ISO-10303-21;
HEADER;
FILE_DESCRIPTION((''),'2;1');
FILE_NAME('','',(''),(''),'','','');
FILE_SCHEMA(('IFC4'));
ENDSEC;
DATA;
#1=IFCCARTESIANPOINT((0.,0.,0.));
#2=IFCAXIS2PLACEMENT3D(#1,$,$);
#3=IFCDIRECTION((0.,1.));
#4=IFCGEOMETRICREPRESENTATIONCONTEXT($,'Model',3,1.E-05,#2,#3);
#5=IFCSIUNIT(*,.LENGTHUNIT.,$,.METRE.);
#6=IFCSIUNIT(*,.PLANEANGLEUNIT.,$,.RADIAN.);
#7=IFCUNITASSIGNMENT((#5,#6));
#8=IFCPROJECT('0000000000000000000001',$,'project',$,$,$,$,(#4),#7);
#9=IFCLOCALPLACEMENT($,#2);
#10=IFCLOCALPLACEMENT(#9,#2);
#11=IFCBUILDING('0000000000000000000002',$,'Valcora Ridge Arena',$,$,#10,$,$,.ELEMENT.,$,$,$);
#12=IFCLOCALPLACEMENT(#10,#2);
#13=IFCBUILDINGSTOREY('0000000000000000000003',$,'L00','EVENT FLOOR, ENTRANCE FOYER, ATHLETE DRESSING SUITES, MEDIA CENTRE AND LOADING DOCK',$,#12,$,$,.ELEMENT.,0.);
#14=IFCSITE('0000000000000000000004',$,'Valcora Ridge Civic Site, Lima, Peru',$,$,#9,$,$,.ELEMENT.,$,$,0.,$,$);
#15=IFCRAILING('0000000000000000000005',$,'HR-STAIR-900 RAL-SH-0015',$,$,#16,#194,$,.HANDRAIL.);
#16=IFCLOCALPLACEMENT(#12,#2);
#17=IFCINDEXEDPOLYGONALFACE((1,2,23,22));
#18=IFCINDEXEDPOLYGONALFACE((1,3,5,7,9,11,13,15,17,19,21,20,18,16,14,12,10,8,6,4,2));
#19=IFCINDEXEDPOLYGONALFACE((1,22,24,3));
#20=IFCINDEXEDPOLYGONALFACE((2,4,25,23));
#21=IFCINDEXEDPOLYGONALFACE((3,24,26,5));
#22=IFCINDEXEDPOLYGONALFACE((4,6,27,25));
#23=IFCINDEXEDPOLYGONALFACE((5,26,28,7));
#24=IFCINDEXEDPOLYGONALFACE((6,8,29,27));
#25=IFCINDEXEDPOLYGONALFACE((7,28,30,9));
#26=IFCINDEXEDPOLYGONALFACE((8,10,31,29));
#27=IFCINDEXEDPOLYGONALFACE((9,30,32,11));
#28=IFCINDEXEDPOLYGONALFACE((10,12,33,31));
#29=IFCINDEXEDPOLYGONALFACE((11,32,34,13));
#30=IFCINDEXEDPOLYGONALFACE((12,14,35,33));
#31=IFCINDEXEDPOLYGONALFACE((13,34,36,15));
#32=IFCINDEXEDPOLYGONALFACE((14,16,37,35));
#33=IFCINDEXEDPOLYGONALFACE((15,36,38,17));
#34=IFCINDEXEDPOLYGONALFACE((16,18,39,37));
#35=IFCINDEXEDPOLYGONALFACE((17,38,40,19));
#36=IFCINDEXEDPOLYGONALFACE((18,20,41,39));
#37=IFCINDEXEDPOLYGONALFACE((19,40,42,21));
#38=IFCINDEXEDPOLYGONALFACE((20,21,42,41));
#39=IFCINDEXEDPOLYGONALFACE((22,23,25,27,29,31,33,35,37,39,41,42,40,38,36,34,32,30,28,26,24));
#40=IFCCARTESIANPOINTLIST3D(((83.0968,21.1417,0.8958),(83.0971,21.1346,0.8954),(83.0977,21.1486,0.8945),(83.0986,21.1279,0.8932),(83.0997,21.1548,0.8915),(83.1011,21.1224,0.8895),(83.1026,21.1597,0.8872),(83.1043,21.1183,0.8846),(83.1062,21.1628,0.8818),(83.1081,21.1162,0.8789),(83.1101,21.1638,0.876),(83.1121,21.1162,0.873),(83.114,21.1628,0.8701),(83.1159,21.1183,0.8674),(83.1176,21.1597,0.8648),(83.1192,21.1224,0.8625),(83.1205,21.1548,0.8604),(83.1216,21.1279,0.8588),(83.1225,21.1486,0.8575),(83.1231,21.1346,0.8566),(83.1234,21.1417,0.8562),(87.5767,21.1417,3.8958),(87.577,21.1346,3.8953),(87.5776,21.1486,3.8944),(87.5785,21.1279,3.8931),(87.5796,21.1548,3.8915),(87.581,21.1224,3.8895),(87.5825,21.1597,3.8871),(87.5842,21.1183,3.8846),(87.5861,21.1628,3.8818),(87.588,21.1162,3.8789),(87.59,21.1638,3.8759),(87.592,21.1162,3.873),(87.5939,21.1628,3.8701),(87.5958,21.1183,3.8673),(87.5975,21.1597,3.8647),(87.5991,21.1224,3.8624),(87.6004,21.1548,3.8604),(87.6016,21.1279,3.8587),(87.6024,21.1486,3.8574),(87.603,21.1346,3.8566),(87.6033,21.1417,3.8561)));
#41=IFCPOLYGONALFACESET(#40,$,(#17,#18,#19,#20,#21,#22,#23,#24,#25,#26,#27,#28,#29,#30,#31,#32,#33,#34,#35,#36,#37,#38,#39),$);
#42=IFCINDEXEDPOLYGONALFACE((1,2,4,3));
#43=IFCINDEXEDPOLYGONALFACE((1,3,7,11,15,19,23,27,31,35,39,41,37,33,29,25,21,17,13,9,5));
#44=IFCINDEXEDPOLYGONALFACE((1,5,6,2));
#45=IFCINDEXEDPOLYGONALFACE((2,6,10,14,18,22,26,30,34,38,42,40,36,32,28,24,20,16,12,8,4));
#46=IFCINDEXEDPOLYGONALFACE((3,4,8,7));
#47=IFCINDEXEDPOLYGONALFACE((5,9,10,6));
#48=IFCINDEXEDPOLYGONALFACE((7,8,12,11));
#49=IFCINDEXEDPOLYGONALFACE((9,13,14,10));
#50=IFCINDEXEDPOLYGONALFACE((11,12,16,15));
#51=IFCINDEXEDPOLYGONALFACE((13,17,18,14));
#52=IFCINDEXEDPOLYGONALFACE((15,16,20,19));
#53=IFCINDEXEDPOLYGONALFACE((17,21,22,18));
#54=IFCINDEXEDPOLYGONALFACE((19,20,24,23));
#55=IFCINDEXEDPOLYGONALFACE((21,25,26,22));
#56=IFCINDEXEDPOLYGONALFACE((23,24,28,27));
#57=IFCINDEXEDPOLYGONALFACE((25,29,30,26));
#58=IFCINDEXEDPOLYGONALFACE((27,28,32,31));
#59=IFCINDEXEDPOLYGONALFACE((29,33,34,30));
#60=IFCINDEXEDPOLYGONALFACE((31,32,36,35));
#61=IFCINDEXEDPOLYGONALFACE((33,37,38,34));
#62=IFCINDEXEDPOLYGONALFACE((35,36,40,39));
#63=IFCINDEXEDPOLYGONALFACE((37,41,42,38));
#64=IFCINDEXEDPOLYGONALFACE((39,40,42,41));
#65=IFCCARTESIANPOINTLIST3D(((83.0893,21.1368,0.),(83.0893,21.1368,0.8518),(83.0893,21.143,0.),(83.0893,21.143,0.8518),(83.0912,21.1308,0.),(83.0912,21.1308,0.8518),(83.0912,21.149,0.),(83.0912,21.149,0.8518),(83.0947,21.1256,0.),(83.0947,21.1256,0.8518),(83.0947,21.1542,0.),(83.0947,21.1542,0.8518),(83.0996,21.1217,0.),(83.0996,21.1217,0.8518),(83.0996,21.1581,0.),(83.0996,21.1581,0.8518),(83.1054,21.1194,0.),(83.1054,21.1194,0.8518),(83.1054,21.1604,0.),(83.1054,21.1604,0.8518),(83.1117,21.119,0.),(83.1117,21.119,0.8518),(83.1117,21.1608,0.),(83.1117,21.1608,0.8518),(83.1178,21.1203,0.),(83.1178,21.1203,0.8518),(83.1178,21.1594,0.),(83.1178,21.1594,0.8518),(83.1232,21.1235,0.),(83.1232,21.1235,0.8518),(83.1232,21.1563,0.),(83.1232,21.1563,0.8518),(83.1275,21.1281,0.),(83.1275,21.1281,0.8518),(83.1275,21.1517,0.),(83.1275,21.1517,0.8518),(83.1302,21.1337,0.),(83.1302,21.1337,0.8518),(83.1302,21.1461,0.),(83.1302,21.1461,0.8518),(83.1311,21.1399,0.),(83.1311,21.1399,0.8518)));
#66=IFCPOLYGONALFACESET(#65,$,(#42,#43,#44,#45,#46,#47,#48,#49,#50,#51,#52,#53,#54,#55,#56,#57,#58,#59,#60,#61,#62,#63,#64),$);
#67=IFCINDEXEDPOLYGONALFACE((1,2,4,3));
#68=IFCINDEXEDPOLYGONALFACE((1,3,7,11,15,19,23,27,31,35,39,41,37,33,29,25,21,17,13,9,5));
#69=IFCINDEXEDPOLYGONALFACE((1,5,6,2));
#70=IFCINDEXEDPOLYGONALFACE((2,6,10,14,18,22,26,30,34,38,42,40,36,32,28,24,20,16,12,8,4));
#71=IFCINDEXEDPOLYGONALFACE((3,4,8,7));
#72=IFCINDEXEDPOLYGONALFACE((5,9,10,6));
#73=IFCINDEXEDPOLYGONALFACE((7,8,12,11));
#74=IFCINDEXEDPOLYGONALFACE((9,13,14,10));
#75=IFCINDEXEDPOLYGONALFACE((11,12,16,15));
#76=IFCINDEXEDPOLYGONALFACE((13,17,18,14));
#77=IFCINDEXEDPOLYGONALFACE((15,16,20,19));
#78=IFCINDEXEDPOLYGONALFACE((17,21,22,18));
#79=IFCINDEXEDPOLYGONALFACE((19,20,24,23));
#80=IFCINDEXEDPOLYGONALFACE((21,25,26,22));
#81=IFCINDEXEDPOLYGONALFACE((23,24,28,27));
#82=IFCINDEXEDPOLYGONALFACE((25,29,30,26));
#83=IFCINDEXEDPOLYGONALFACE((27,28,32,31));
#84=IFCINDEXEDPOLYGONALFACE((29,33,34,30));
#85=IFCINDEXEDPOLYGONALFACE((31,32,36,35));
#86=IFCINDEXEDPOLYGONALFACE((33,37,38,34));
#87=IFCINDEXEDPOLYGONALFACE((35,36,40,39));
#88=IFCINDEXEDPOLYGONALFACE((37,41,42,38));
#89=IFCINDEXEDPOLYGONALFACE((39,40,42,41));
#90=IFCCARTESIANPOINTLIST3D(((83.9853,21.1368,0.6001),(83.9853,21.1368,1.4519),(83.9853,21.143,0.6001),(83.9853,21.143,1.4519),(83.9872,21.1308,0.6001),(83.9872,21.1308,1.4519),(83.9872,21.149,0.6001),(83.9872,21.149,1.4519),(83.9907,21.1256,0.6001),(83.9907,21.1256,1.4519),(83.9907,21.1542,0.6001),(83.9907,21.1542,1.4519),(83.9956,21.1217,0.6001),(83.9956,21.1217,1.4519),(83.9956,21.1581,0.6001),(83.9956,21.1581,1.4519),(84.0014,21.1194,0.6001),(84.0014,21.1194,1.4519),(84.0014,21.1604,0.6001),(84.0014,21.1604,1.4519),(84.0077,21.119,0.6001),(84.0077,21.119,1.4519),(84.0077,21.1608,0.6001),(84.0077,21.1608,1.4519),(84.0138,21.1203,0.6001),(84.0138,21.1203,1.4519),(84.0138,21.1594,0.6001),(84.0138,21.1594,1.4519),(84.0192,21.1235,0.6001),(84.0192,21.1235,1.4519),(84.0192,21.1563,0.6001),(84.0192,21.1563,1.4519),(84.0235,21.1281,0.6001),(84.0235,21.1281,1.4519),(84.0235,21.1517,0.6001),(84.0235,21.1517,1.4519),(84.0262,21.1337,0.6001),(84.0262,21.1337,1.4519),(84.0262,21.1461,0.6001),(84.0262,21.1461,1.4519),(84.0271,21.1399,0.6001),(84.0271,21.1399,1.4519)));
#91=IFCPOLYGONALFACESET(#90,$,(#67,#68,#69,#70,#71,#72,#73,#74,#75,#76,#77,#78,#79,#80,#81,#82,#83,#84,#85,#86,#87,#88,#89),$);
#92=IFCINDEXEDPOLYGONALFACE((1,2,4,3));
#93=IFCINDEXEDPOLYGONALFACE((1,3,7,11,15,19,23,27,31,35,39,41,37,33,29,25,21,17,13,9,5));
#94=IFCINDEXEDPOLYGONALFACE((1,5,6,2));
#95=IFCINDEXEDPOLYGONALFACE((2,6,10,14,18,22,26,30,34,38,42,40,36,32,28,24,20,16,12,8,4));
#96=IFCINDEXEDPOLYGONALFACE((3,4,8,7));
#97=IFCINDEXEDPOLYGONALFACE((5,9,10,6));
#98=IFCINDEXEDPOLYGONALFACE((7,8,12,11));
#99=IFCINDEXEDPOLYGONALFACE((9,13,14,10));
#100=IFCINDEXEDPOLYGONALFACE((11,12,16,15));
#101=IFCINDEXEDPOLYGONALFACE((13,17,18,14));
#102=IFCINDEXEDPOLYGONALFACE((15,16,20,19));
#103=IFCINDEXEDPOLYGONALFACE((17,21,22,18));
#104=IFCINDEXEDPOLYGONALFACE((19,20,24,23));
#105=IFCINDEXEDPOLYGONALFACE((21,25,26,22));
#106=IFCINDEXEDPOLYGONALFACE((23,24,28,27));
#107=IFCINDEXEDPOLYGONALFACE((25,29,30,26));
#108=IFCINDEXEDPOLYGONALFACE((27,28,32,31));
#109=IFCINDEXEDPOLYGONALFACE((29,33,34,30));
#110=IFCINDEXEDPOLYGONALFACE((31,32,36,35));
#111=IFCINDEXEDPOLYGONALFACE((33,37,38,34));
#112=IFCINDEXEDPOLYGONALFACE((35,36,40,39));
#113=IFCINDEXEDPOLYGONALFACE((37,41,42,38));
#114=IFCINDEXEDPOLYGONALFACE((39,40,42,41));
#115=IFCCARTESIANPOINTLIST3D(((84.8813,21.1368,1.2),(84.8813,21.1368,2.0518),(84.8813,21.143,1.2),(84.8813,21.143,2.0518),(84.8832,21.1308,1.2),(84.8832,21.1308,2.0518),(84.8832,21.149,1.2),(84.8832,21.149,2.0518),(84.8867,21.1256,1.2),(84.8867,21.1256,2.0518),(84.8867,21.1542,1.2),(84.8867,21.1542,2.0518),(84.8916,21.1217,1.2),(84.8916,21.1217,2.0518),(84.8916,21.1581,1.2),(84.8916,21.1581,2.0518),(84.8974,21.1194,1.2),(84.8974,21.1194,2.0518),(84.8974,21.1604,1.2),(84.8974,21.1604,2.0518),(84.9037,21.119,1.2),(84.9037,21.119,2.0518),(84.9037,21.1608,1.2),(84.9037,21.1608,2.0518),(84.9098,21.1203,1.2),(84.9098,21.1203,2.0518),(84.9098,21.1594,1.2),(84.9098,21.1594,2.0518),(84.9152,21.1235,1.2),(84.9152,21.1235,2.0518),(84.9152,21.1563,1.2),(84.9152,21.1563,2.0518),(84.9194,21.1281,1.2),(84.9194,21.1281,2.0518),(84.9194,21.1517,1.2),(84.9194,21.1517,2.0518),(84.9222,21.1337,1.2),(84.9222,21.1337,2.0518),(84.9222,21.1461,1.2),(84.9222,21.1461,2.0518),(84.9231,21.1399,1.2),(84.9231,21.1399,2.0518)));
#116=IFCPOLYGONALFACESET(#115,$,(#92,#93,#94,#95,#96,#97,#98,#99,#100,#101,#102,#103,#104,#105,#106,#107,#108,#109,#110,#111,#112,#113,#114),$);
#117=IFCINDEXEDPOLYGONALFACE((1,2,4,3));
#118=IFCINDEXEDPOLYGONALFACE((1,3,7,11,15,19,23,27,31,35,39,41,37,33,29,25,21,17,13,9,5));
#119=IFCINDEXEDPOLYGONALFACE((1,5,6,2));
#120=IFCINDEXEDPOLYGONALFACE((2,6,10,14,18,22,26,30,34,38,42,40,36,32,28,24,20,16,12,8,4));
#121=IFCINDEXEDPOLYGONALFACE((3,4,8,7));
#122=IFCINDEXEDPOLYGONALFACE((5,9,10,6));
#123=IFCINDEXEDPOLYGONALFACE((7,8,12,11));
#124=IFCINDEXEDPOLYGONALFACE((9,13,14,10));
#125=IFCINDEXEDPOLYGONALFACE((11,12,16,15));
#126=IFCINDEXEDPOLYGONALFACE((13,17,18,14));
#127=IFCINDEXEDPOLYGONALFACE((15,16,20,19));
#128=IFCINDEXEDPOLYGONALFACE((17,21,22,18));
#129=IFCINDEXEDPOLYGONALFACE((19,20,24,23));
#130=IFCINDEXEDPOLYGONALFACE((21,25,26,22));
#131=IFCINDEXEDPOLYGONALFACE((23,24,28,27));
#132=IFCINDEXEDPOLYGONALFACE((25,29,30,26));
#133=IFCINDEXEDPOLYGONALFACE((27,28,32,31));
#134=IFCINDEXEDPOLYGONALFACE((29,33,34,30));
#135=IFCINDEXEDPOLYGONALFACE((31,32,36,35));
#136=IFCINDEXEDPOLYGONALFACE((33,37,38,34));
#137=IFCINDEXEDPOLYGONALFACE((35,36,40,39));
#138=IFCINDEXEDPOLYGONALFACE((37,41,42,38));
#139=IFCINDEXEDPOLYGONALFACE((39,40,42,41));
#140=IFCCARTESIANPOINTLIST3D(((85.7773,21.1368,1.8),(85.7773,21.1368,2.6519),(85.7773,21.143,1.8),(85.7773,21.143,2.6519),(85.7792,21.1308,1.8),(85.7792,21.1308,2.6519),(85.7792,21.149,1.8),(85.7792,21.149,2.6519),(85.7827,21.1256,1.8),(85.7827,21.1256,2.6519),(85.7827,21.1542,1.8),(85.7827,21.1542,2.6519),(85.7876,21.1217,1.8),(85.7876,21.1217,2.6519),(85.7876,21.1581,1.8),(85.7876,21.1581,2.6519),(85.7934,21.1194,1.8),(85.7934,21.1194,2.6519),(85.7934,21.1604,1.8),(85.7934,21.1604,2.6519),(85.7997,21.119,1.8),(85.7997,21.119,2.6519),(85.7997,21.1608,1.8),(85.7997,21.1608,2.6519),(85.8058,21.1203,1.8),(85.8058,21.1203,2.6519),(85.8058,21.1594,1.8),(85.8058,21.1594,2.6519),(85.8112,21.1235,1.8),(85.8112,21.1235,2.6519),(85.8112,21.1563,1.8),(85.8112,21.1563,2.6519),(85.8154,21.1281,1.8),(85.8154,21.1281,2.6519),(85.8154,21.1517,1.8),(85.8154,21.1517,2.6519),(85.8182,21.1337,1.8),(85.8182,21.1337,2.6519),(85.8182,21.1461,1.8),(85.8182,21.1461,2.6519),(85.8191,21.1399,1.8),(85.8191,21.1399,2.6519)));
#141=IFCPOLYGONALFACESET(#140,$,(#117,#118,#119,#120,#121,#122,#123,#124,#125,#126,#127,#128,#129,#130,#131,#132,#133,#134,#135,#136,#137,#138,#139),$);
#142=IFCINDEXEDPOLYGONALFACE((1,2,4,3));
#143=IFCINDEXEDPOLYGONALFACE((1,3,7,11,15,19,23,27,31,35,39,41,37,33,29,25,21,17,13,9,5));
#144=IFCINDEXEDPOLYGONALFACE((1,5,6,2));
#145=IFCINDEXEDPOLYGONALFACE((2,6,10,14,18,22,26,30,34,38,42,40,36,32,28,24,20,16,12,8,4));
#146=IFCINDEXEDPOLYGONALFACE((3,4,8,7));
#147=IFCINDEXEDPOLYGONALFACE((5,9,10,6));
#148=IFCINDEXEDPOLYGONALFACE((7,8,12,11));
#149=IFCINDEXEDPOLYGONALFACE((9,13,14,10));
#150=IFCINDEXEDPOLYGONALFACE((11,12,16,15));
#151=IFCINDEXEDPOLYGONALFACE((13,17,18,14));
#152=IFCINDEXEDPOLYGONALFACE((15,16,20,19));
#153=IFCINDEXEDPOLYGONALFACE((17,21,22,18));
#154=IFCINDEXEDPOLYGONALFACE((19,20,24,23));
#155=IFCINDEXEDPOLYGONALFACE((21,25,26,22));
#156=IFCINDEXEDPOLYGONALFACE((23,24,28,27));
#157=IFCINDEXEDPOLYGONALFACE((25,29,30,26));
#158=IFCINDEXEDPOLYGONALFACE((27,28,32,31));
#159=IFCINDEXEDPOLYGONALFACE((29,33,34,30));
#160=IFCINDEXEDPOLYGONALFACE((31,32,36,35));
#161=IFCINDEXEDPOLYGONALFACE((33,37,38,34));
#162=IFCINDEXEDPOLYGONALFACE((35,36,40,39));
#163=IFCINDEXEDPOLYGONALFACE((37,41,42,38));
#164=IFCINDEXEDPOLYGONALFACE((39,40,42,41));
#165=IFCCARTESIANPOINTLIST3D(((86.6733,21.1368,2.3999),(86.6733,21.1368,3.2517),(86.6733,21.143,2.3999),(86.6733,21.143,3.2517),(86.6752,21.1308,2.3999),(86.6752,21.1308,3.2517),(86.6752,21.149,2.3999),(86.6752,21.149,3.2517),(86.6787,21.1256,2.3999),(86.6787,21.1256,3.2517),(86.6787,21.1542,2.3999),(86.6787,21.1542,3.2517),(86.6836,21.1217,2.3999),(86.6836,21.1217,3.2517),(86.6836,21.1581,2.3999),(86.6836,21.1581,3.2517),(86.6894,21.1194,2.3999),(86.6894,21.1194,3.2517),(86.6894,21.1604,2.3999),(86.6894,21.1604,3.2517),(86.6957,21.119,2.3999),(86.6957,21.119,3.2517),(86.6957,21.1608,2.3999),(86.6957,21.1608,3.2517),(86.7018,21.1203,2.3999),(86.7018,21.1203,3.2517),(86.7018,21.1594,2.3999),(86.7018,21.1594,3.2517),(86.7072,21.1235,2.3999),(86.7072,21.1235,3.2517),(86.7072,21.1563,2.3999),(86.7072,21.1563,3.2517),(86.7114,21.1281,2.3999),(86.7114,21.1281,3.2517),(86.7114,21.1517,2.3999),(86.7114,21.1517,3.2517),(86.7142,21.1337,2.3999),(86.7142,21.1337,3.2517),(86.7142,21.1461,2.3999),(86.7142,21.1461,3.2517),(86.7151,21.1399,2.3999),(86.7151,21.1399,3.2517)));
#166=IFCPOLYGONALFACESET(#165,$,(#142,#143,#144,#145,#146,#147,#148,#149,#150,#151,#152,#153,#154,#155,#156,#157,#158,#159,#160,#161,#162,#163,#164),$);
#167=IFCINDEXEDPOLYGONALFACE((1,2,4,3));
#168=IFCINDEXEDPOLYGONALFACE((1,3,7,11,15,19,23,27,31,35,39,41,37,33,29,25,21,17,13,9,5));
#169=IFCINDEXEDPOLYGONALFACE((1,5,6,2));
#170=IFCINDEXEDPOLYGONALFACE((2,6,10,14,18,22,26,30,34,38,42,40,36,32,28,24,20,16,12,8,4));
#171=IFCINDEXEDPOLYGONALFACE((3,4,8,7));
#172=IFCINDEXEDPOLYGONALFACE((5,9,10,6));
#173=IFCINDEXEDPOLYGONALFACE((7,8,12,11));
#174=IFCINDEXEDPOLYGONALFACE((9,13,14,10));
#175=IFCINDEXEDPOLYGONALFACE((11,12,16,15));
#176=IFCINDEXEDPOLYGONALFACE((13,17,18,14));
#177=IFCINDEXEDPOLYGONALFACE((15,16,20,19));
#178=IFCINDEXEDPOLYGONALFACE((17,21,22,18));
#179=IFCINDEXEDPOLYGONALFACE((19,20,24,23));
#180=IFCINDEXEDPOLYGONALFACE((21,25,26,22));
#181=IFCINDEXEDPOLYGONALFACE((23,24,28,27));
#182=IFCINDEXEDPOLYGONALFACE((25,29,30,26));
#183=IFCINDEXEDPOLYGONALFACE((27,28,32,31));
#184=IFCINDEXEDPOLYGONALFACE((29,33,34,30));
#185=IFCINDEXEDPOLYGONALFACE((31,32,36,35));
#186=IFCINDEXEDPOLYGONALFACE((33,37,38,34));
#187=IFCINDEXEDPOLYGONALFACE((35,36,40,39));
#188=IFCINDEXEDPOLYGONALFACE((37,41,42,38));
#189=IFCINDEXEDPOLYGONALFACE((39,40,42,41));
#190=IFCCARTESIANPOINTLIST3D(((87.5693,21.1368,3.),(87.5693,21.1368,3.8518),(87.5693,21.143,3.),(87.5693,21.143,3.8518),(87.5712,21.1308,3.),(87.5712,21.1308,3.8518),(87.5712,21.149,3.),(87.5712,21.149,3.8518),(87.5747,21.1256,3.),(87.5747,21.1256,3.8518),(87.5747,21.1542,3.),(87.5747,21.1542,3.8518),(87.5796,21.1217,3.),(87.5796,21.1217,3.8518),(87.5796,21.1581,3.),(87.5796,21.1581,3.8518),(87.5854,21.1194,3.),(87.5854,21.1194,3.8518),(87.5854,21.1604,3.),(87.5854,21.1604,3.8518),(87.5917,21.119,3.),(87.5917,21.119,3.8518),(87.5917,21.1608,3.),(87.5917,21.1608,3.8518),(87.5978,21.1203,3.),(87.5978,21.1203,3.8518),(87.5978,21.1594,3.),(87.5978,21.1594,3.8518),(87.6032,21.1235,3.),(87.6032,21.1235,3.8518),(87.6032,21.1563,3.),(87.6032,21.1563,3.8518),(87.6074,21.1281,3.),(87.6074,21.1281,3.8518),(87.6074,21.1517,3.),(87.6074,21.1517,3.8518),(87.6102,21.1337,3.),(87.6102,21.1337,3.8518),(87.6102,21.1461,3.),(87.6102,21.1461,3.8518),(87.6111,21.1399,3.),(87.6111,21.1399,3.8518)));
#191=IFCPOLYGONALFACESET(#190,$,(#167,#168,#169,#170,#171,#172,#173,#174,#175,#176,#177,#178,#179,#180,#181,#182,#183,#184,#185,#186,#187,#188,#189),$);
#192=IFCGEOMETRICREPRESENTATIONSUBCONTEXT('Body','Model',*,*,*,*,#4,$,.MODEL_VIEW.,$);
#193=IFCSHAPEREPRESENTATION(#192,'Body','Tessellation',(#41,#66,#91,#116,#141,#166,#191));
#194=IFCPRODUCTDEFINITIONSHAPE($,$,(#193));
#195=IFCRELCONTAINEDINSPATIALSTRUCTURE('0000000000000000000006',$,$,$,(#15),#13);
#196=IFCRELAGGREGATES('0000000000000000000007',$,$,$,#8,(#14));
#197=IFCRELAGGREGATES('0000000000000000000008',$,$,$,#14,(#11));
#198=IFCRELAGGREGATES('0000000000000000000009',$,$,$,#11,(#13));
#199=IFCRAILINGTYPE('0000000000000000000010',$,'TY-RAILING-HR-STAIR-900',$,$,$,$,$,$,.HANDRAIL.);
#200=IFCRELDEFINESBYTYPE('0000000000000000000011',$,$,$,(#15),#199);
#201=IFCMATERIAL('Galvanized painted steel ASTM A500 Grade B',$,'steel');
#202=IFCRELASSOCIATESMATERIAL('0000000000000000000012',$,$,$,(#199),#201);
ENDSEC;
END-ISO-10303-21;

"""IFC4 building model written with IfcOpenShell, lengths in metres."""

from ifc_helpers import new_model, si_unit, direction, frame, origin, origin_2d, place, context, subcontext, project, spatial, circle, extrude, material, type_object, element, save


model = new_model("IFC4")

# Units and contexts
model_context = context("Model", 3, precision=1e-05, world=origin(), true_north=direction((0.0, 1.0)))
body_context = subcontext(model_context, "Body", "Model", "MODEL_VIEW")
ifc_project = project(units=[si_unit("LENGTHUNIT", "METRE"), si_unit("PLANEANGLEUNIT", "RADIAN")], contexts=[model_context])

# Site, building, storey
site_placement = place(None, origin())
site = spatial("IfcSite", under=ifc_project, at=site_placement, Name="Valcora Ridge Civic Site, Lima, Peru", CompositionType="ELEMENT", RefElevation=0.0)
building_placement = place(site_placement, origin())
building = spatial("IfcBuilding", under=site, at=building_placement, Name="Valcora Ridge Arena", CompositionType="ELEMENT")
storey_placement = place(building_placement, origin())
storey = spatial("IfcBuildingStorey", under=building, at=storey_placement, Name="L00", Description="EVENT FLOOR, ENTRANCE FOYER, ATHLETE DRESSING SUITES, MEDIA CENTRE AND LOADING DOCK", CompositionType="ELEMENT", Elevation=0.0)

# Railing
ifc_material_1 = material(Name="Galvanized painted steel ASTM A500 Grade B", Category="steel")
railing_type_1 = type_object("IfcRailingType", Name="TY-RAILING-HR-STAIR-900", PredefinedType="HANDRAIL", material=ifc_material_1)
railing_1_placement = place(storey_placement, frame((83.1101, 21.1399, 0.0)))
element("IfcRailing", 1, at=railing_1_placement, inside=storey, type_object=railing_type_1, Name="HR-STAIR-900 RAL-SH-0015", PredefinedType="HANDRAIL", context=body_context, shape_type="SweptSolid", body=[
    extrude(circle(Radius=0.0239, at=origin_2d()), frame((0.0, 0.0, 0.876), z_axis=(0.830906, 0.0, 0.556413), x_axis=(0.0, 1.0, 0.0)), (0.0, 0.0, 1.0), 5.3916),
    extrude(circle(Radius=0.021, at=origin_2d()), origin(), (0.0, 0.0, 1.0), 0.8518),
    extrude(circle(Radius=0.021, at=origin_2d()), frame((0.896, 0.0, 0.6001)), (0.0, 0.0, 1.0), 0.8518),
    extrude(circle(Radius=0.021, at=origin_2d()), frame((1.792, 0.0, 1.2)), (0.0, 0.0, 1.0), 0.8518),
    extrude(circle(Radius=0.021, at=origin_2d()), frame((2.688, 0.0, 1.8)), (0.0, 0.0, 1.0), 0.8518),
    extrude(circle(Radius=0.021, at=origin_2d()), frame((3.584, 0.0, 2.3999)), (0.0, 0.0, 1.0), 0.8518),
    extrude(circle(Radius=0.021, at=origin_2d()), frame((4.48, 0.0, 3.0)), (0.0, 0.0, 1.0), 0.8518),
])

save(model, "model.ifc")
